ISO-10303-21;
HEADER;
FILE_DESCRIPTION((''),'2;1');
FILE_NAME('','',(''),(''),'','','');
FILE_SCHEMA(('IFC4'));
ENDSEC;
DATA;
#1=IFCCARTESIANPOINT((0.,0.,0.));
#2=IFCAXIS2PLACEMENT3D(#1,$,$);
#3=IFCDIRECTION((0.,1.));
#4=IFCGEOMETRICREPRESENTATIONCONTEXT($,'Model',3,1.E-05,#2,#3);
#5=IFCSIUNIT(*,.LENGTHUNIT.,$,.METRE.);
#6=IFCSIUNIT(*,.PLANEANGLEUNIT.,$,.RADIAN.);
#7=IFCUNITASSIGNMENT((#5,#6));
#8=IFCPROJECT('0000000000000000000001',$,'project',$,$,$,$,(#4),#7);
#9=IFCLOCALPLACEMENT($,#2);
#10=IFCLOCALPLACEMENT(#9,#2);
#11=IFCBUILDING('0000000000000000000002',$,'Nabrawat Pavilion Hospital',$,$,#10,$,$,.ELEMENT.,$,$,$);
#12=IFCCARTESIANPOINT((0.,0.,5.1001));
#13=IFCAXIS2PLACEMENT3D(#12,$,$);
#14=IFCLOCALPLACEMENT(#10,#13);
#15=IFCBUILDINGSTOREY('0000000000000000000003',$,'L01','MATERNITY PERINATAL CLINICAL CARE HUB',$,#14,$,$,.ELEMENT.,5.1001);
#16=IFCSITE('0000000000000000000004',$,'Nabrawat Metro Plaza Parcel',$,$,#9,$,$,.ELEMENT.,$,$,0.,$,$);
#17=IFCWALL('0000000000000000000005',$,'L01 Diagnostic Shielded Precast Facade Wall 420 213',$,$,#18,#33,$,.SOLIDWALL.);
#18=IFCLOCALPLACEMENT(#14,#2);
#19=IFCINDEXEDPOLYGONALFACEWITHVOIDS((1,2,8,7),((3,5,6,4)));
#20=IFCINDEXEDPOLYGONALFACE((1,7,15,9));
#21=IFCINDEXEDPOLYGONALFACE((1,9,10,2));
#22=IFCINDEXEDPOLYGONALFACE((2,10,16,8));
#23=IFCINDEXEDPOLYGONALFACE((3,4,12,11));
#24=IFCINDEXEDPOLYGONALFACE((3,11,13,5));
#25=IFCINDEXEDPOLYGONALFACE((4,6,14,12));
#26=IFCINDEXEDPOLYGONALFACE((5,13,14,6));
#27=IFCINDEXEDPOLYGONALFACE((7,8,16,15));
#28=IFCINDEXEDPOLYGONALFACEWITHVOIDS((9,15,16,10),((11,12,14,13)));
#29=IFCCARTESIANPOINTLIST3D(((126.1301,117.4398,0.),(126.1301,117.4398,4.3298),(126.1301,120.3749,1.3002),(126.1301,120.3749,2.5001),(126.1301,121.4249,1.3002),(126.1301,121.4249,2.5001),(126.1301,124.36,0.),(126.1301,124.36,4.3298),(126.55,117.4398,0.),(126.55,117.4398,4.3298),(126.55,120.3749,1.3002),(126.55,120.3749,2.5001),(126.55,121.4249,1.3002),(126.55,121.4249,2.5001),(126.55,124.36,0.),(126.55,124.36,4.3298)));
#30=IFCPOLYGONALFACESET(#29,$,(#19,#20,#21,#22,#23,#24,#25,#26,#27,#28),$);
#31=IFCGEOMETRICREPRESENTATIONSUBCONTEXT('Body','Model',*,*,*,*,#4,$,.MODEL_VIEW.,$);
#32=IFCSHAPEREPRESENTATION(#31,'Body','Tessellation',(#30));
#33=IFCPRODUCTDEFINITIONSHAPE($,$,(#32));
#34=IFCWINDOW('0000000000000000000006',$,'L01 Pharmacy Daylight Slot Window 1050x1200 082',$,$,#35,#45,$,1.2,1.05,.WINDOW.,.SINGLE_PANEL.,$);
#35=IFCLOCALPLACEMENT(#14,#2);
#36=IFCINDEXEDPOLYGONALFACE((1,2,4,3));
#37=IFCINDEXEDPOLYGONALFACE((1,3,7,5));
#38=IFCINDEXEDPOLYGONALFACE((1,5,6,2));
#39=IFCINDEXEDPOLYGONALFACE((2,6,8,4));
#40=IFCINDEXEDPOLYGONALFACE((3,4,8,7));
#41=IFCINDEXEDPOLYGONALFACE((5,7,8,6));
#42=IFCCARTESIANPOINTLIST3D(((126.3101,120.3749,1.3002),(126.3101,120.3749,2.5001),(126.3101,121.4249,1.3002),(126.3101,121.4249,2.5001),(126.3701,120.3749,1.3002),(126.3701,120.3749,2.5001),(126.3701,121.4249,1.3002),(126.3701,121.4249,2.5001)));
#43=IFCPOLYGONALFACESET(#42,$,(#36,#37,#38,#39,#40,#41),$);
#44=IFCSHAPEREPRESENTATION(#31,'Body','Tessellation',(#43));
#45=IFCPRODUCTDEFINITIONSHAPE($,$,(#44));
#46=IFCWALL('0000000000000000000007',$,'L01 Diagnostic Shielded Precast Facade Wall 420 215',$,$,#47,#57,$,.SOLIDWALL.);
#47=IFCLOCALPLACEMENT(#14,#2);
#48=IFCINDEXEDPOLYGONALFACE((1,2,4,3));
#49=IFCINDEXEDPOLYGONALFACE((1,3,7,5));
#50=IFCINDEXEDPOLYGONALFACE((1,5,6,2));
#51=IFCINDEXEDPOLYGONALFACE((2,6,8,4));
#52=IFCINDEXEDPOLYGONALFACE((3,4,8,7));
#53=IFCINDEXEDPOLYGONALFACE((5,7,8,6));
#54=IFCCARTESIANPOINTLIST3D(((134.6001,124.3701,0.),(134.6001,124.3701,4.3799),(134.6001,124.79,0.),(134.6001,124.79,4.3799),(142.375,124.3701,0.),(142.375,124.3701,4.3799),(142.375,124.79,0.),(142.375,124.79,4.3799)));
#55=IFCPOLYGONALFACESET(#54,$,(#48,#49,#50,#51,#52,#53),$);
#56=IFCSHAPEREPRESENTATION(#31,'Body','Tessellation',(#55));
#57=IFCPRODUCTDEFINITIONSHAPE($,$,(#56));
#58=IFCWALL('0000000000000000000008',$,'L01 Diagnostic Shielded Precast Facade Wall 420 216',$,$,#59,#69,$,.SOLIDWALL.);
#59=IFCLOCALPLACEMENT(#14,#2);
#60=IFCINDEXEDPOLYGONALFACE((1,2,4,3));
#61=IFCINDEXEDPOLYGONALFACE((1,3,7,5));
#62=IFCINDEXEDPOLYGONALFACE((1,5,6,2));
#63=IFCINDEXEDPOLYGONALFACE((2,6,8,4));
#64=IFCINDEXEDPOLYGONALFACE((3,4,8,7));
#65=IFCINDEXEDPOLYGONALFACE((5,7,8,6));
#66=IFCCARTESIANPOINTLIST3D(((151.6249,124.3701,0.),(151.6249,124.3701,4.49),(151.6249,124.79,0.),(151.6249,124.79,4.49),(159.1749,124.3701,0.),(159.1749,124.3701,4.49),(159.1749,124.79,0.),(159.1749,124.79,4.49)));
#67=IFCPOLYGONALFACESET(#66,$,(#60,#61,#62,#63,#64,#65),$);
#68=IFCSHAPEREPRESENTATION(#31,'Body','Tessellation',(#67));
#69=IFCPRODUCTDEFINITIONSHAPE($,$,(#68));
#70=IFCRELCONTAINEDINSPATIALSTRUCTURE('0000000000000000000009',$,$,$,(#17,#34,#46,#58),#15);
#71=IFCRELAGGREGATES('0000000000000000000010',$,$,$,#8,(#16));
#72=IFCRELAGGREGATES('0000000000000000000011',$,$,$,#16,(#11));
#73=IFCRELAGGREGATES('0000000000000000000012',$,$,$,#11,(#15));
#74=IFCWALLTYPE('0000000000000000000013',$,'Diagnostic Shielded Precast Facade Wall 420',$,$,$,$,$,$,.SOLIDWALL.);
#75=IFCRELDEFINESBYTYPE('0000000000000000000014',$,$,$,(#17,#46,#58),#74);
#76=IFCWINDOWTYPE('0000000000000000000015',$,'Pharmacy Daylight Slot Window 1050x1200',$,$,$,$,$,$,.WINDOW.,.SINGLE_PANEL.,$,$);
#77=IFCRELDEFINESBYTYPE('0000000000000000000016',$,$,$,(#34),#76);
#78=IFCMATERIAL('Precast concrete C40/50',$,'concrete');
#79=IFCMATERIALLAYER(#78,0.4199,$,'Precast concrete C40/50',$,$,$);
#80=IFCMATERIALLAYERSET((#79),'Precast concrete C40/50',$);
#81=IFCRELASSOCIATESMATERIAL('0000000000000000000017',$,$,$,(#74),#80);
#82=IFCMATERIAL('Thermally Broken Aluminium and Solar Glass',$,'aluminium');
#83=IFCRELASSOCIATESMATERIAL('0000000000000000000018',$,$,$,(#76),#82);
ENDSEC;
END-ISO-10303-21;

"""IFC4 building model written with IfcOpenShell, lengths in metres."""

from ifc_helpers import new_model, si_unit, direction, frame, frame_2d, origin, place, context, subcontext, project, spatial, rectangle, extrude, material, layer, layer_set, type_object, element, fill, save


model = new_model("IFC4")

# Units and contexts
model_context = context("Model", 3, precision=1e-05, world=origin(), true_north=direction((0.0, 1.0)))
body_context = subcontext(model_context, "Body", "Model", "MODEL_VIEW")
ifc_project = project(units=[si_unit("LENGTHUNIT", "METRE"), si_unit("PLANEANGLEUNIT", "RADIAN")], contexts=[model_context])

# Site, building, storey
site_placement = place(None, origin())
site = spatial("IfcSite", under=ifc_project, at=site_placement, Name="Nabrawat Metro Plaza Parcel", CompositionType="ELEMENT", RefElevation=0.0)
building_placement = place(site_placement, origin())
building = spatial("IfcBuilding", under=site, at=building_placement, Name="Nabrawat Pavilion Hospital", CompositionType="ELEMENT")
storey_placement = place(building_placement, frame((0.0, 0.0, 5.1001)))
storey = spatial("IfcBuildingStorey", under=building, at=storey_placement, Name="L01", Description="MATERNITY PERINATAL CLINICAL CARE HUB", CompositionType="ELEMENT", Elevation=5.1001)

# Wall, opening, window
ifc_material_1 = material(Name="Precast concrete C40/50", Category="concrete")
ifc_layer_1 = layer(ifc_material_1, 0.4199, Name="Precast concrete C40/50")
ifc_layer_set_1 = layer_set([ifc_layer_1], Name="Precast concrete C40/50")
wall_type = type_object("IfcWallType", Name="Diagnostic Shielded Precast Facade Wall 420", PredefinedType="SOLIDWALL", material=ifc_layer_set_1)
wall_1_placement = place(storey_placement, frame((126.3401, 117.4399, 0.0), z_axis=(0.0, 0.0, 1.0), x_axis=(0.0, 1.0, 0.0)))
wall_1 = element("IfcWall", 1, at=wall_1_placement, inside=storey, type_object=wall_type, Name="L01 Diagnostic Shielded Precast Facade Wall 420 213", PredefinedType="SOLIDWALL", context=body_context, shape_type="SweptSolid", body=[
    extrude(rectangle(XDim=6.9202, YDim=0.4199, at=frame_2d((3.46, 0.0))), origin(), (0.0, 0.0, 1.0), 4.3298),
])
opening_placement = place(wall_1_placement, frame((2.9351, 0.0, 1.3)))
opening = element("IfcOpeningElement", 2, at=opening_placement, cuts=wall_1, PredefinedType="OPENING", context=body_context, shape_type="SweptSolid", body=[
    extrude(rectangle(XDim=1.05, YDim=1.2, at=frame_2d((0.5249, 0.6001))), frame((0.0, 0.22, 0.0), z_axis=(0.0, -1.0, 0.0), x_axis=(1.0, 0.0, 0.0)), (0.0, 0.0, 1.0), 0.4399),
])
ifc_material_2 = material(Name="Thermally Broken Aluminium and Solar Glass", Category="aluminium")
window_type = type_object("IfcWindowType", Name="Pharmacy Daylight Slot Window 1050x1200", PartitioningType="SINGLE_PANEL", PredefinedType="WINDOW", material=ifc_material_2)
window_placement = place(opening_placement, origin())
window = element("IfcWindow", 3, at=window_placement, inside=storey, type_object=window_type, Name="L01 Pharmacy Daylight Slot Window 1050x1200 082", OverallHeight=1.2, OverallWidth=1.05, PartitioningType="SINGLE_PANEL", PredefinedType="WINDOW", context=body_context, shape_type="SweptSolid", body=[
    extrude(rectangle(XDim=1.05, YDim=1.2, at=frame_2d((0.5249, 0.6001))), frame((0.0, 0.03, 0.0), z_axis=(0.0, -1.0, 0.0), x_axis=(1.0, 0.0, 0.0)), (0.0, 0.0, 1.0), 0.0601),
])
fill(opening, window)

# Walls
wall_2_placement = place(storey_placement, frame((134.6001, 124.5801, 0.0), z_axis=(0.0, 0.0, 1.0), x_axis=(1.0, 0.0, 0.0)))
element("IfcWall", 4, at=wall_2_placement, inside=storey, type_object=wall_type, Name="L01 Diagnostic Shielded Precast Facade Wall 420 215", PredefinedType="SOLIDWALL", context=body_context, shape_type="SweptSolid", body=[
    extrude(rectangle(XDim=7.7749, YDim=0.4199, at=frame_2d((3.8875, 0.0))), origin(), (0.0, 0.0, 1.0), 4.3799),
])
wall_3_placement = place(storey_placement, frame((151.625, 124.5801, 0.0), z_axis=(0.0, 0.0, 1.0), x_axis=(1.0, 0.0, 0.0)))
element("IfcWall", 5, at=wall_3_placement, inside=storey, type_object=wall_type, Name="L01 Diagnostic Shielded Precast Facade Wall 420 216", PredefinedType="SOLIDWALL", context=body_context, shape_type="SweptSolid", body=[
    extrude(rectangle(XDim=7.55, YDim=0.4199, at=frame_2d((3.7749, 0.0))), origin(), (0.0, 0.0, 1.0), 4.49),
])

save(model, "model.ifc")
